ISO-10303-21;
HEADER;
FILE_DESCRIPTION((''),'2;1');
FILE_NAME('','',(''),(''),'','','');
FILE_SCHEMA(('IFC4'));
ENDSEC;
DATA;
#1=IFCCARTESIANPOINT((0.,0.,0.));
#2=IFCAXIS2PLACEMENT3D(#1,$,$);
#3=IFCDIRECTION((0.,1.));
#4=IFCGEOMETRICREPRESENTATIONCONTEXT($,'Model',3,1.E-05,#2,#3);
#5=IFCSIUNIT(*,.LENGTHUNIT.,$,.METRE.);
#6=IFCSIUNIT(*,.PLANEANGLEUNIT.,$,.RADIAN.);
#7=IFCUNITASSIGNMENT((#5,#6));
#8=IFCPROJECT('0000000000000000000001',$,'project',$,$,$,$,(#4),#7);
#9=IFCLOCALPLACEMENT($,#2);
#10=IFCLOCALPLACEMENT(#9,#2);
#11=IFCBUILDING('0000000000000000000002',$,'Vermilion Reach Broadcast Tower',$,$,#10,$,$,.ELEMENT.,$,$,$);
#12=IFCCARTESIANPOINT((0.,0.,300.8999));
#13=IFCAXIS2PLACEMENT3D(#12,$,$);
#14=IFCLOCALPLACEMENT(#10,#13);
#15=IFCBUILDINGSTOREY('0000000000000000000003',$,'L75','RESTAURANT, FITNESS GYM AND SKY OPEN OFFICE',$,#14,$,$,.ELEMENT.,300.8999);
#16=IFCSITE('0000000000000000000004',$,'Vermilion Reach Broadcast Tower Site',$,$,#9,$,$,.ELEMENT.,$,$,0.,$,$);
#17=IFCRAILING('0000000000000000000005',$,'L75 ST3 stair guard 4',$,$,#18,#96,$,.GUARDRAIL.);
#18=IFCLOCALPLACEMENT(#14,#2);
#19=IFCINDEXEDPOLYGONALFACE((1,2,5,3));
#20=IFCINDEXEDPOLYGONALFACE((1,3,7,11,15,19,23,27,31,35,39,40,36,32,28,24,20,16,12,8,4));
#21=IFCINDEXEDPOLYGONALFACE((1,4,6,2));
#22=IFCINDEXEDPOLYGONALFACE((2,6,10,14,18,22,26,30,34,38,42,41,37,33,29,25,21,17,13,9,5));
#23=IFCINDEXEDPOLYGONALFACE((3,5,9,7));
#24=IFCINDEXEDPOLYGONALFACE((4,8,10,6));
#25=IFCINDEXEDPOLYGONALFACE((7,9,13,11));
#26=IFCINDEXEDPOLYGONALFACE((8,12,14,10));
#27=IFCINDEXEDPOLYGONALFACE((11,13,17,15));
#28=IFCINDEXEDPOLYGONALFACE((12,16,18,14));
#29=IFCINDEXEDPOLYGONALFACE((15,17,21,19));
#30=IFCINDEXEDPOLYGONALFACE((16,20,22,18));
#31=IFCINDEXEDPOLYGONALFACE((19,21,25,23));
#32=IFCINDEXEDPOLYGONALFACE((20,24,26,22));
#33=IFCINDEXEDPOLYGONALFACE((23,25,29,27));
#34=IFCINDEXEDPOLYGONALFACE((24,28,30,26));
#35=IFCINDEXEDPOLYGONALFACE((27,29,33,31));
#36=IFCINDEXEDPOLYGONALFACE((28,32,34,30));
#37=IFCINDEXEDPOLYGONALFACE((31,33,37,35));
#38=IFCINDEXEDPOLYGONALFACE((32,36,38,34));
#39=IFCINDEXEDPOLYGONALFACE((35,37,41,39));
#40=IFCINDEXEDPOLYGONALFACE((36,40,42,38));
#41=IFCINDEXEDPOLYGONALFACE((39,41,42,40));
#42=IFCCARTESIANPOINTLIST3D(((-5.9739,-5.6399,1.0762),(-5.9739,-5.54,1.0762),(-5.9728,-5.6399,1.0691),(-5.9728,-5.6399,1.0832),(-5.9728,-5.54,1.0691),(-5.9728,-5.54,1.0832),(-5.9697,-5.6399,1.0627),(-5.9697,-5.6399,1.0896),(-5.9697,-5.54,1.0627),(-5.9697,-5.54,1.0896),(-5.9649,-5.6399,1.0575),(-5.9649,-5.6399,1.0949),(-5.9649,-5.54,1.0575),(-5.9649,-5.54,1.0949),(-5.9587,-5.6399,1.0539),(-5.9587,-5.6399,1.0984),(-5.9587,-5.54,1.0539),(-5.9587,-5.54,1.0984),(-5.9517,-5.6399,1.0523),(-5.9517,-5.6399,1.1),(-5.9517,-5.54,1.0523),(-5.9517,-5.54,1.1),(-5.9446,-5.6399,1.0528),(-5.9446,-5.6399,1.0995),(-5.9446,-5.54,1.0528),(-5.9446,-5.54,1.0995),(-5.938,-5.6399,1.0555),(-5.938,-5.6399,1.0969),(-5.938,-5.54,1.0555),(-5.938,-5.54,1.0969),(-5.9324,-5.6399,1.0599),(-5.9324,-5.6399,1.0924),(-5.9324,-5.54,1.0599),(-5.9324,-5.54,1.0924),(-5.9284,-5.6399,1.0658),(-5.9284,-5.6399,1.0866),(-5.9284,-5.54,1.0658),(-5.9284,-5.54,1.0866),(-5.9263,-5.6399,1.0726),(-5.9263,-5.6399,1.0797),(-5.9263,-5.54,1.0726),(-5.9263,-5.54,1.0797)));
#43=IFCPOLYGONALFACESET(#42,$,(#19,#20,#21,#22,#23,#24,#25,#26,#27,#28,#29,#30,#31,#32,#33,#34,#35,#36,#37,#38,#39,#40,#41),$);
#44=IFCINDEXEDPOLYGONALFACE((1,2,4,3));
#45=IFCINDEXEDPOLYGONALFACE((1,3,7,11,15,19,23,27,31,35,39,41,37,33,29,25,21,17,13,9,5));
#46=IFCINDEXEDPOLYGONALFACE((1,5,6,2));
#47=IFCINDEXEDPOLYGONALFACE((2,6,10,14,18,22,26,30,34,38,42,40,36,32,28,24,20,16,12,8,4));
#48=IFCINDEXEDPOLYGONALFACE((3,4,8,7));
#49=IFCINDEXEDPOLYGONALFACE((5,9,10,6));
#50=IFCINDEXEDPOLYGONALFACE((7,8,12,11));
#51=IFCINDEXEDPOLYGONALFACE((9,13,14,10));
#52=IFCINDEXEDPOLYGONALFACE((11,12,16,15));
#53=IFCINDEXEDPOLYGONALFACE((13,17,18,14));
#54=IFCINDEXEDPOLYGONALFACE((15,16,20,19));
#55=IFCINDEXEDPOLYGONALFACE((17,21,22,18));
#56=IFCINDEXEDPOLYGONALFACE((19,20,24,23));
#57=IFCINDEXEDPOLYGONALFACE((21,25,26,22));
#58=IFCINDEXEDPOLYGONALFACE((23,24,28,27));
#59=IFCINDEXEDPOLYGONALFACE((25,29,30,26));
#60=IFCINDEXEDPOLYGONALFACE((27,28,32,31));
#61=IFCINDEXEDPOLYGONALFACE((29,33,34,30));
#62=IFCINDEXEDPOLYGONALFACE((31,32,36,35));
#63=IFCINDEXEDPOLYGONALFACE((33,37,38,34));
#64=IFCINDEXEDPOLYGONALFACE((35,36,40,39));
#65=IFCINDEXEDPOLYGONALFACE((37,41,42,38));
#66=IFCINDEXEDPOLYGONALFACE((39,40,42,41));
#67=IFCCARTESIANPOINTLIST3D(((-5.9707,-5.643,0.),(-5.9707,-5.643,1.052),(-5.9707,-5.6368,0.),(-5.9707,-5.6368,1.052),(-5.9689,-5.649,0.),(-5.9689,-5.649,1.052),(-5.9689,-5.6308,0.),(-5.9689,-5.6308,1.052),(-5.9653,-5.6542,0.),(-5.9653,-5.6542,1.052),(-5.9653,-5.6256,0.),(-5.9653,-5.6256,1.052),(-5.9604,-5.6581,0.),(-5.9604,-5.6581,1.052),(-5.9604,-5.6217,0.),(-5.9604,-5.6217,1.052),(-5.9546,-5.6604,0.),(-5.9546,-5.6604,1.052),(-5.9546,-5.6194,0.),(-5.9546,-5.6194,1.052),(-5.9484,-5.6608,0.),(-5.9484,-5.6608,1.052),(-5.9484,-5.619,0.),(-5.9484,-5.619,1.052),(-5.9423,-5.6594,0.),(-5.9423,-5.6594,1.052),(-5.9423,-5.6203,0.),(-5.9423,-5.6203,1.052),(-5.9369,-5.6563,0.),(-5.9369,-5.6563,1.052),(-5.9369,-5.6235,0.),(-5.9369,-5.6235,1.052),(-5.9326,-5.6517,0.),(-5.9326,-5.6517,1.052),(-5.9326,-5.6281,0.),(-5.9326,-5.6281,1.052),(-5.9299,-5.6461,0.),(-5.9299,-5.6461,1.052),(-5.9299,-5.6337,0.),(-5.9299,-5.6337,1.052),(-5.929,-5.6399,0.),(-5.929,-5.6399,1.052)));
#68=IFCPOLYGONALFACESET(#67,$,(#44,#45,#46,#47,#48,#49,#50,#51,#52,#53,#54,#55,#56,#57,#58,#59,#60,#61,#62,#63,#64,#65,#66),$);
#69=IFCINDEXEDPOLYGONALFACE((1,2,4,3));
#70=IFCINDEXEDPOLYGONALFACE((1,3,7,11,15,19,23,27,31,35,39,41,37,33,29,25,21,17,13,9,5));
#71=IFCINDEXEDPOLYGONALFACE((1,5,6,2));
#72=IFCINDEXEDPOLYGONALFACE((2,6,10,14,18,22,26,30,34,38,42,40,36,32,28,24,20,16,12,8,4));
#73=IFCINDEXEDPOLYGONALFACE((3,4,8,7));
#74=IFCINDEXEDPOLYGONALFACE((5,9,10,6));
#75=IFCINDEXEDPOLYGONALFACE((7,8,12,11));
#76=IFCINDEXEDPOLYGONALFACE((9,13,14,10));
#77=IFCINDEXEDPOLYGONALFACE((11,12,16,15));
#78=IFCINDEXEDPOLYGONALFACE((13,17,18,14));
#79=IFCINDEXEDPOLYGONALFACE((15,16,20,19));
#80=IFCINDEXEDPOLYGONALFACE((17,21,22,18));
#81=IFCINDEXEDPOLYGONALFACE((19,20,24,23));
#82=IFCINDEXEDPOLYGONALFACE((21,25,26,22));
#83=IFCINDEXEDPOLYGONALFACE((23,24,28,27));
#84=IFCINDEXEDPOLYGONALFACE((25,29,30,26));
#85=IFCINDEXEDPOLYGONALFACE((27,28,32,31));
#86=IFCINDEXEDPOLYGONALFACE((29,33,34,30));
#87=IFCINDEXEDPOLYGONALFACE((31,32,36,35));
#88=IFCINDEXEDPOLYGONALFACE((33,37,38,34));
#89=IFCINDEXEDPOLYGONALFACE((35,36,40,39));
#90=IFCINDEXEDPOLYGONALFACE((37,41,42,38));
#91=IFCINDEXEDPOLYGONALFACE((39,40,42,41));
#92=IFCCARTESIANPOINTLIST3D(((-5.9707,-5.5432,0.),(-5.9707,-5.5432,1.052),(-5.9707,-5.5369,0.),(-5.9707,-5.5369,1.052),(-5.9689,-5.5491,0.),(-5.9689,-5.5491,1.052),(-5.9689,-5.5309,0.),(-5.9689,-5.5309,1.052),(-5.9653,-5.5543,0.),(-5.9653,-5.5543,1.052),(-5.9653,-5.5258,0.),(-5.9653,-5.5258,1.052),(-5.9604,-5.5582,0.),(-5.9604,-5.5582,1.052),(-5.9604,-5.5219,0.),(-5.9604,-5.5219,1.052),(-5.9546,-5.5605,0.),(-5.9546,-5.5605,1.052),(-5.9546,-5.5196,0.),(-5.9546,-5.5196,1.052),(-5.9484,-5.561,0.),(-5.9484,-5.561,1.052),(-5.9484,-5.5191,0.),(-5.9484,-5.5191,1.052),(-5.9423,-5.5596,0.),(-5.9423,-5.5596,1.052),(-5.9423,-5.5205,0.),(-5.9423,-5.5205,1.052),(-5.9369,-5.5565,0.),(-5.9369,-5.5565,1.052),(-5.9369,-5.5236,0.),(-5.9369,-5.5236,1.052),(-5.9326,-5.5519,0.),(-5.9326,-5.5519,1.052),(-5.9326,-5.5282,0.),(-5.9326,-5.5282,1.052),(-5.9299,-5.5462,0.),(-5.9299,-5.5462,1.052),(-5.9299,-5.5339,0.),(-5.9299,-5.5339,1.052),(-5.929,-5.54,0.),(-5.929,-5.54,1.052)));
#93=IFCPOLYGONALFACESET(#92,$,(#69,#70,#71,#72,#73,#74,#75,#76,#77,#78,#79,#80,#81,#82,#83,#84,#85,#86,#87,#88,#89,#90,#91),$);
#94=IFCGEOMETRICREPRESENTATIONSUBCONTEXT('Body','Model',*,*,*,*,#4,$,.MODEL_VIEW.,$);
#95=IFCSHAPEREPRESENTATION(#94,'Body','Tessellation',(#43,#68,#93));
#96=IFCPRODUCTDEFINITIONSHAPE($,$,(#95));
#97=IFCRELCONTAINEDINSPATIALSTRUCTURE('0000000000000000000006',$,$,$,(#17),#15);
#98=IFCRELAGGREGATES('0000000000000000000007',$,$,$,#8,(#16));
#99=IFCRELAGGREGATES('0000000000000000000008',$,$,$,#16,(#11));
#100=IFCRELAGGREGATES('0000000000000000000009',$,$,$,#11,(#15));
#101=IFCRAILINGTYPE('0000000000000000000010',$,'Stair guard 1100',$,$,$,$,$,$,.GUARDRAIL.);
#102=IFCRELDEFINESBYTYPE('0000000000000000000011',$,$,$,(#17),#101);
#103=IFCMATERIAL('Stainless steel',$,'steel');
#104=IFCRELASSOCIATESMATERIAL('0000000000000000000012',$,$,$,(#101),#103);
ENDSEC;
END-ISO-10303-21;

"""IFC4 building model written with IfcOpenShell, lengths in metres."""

from ifc_helpers import new_model, si_unit, direction, frame, origin, origin_2d, place, context, subcontext, project, spatial, circle, extrude, material, type_object, element, save


model = new_model("IFC4")

# Units and contexts
model_context = context("Model", 3, precision=1e-05, world=origin(), true_north=direction((0.0, 1.0)))
body_context = subcontext(model_context, "Body", "Model", "MODEL_VIEW")
ifc_project = project(units=[si_unit("LENGTHUNIT", "METRE"), si_unit("PLANEANGLEUNIT", "RADIAN")], contexts=[model_context])

# Site, building, storey
site_placement = place(None, origin())
site = spatial("IfcSite", under=ifc_project, at=site_placement, Name="Vermilion Reach Broadcast Tower Site", CompositionType="ELEMENT", RefElevation=0.0)
building_placement = place(site_placement, origin())
building = spatial("IfcBuilding", under=site, at=building_placement, Name="Vermilion Reach Broadcast Tower", CompositionType="ELEMENT")
storey_placement = place(building_placement, frame((0.0, 0.0, 300.8999)))
storey = spatial("IfcBuildingStorey", under=building, at=storey_placement, Name="L75", Description="RESTAURANT, FITNESS GYM AND SKY OPEN OFFICE", CompositionType="ELEMENT", Elevation=300.8999)

# Railing
ifc_material_1 = material(Name="Stainless steel", Category="steel")
railing_type_1 = type_object("IfcRailingType", Name="Stair guard 1100", PredefinedType="GUARDRAIL", material=ifc_material_1)
railing_1_placement = place(storey_placement, frame((-5.95, -5.6399, 0.0)))
element("IfcRailing", 1, at=railing_1_placement, inside=storey, type_object=railing_type_1, Name="L75 ST3 stair guard 4", PredefinedType="GUARDRAIL", context=body_context, shape_type="SweptSolid", body=[
    extrude(circle(Radius=0.0239, at=origin_2d()), frame((0.0, 0.0, 1.0762), z_axis=(0.0, 1.0, 0.0), x_axis=(-1.0, 0.0, 0.0)), (0.0, 0.0, 1.0), 0.0999),
    extrude(circle(Radius=0.021, at=origin_2d()), origin(), (0.0, 0.0, 1.0), 1.052),
    extrude(circle(Radius=0.021, at=origin_2d()), frame((0.0, 0.0999, 0.0)), (0.0, 0.0, 1.0), 1.052),
])

save(model, "model.ifc")
